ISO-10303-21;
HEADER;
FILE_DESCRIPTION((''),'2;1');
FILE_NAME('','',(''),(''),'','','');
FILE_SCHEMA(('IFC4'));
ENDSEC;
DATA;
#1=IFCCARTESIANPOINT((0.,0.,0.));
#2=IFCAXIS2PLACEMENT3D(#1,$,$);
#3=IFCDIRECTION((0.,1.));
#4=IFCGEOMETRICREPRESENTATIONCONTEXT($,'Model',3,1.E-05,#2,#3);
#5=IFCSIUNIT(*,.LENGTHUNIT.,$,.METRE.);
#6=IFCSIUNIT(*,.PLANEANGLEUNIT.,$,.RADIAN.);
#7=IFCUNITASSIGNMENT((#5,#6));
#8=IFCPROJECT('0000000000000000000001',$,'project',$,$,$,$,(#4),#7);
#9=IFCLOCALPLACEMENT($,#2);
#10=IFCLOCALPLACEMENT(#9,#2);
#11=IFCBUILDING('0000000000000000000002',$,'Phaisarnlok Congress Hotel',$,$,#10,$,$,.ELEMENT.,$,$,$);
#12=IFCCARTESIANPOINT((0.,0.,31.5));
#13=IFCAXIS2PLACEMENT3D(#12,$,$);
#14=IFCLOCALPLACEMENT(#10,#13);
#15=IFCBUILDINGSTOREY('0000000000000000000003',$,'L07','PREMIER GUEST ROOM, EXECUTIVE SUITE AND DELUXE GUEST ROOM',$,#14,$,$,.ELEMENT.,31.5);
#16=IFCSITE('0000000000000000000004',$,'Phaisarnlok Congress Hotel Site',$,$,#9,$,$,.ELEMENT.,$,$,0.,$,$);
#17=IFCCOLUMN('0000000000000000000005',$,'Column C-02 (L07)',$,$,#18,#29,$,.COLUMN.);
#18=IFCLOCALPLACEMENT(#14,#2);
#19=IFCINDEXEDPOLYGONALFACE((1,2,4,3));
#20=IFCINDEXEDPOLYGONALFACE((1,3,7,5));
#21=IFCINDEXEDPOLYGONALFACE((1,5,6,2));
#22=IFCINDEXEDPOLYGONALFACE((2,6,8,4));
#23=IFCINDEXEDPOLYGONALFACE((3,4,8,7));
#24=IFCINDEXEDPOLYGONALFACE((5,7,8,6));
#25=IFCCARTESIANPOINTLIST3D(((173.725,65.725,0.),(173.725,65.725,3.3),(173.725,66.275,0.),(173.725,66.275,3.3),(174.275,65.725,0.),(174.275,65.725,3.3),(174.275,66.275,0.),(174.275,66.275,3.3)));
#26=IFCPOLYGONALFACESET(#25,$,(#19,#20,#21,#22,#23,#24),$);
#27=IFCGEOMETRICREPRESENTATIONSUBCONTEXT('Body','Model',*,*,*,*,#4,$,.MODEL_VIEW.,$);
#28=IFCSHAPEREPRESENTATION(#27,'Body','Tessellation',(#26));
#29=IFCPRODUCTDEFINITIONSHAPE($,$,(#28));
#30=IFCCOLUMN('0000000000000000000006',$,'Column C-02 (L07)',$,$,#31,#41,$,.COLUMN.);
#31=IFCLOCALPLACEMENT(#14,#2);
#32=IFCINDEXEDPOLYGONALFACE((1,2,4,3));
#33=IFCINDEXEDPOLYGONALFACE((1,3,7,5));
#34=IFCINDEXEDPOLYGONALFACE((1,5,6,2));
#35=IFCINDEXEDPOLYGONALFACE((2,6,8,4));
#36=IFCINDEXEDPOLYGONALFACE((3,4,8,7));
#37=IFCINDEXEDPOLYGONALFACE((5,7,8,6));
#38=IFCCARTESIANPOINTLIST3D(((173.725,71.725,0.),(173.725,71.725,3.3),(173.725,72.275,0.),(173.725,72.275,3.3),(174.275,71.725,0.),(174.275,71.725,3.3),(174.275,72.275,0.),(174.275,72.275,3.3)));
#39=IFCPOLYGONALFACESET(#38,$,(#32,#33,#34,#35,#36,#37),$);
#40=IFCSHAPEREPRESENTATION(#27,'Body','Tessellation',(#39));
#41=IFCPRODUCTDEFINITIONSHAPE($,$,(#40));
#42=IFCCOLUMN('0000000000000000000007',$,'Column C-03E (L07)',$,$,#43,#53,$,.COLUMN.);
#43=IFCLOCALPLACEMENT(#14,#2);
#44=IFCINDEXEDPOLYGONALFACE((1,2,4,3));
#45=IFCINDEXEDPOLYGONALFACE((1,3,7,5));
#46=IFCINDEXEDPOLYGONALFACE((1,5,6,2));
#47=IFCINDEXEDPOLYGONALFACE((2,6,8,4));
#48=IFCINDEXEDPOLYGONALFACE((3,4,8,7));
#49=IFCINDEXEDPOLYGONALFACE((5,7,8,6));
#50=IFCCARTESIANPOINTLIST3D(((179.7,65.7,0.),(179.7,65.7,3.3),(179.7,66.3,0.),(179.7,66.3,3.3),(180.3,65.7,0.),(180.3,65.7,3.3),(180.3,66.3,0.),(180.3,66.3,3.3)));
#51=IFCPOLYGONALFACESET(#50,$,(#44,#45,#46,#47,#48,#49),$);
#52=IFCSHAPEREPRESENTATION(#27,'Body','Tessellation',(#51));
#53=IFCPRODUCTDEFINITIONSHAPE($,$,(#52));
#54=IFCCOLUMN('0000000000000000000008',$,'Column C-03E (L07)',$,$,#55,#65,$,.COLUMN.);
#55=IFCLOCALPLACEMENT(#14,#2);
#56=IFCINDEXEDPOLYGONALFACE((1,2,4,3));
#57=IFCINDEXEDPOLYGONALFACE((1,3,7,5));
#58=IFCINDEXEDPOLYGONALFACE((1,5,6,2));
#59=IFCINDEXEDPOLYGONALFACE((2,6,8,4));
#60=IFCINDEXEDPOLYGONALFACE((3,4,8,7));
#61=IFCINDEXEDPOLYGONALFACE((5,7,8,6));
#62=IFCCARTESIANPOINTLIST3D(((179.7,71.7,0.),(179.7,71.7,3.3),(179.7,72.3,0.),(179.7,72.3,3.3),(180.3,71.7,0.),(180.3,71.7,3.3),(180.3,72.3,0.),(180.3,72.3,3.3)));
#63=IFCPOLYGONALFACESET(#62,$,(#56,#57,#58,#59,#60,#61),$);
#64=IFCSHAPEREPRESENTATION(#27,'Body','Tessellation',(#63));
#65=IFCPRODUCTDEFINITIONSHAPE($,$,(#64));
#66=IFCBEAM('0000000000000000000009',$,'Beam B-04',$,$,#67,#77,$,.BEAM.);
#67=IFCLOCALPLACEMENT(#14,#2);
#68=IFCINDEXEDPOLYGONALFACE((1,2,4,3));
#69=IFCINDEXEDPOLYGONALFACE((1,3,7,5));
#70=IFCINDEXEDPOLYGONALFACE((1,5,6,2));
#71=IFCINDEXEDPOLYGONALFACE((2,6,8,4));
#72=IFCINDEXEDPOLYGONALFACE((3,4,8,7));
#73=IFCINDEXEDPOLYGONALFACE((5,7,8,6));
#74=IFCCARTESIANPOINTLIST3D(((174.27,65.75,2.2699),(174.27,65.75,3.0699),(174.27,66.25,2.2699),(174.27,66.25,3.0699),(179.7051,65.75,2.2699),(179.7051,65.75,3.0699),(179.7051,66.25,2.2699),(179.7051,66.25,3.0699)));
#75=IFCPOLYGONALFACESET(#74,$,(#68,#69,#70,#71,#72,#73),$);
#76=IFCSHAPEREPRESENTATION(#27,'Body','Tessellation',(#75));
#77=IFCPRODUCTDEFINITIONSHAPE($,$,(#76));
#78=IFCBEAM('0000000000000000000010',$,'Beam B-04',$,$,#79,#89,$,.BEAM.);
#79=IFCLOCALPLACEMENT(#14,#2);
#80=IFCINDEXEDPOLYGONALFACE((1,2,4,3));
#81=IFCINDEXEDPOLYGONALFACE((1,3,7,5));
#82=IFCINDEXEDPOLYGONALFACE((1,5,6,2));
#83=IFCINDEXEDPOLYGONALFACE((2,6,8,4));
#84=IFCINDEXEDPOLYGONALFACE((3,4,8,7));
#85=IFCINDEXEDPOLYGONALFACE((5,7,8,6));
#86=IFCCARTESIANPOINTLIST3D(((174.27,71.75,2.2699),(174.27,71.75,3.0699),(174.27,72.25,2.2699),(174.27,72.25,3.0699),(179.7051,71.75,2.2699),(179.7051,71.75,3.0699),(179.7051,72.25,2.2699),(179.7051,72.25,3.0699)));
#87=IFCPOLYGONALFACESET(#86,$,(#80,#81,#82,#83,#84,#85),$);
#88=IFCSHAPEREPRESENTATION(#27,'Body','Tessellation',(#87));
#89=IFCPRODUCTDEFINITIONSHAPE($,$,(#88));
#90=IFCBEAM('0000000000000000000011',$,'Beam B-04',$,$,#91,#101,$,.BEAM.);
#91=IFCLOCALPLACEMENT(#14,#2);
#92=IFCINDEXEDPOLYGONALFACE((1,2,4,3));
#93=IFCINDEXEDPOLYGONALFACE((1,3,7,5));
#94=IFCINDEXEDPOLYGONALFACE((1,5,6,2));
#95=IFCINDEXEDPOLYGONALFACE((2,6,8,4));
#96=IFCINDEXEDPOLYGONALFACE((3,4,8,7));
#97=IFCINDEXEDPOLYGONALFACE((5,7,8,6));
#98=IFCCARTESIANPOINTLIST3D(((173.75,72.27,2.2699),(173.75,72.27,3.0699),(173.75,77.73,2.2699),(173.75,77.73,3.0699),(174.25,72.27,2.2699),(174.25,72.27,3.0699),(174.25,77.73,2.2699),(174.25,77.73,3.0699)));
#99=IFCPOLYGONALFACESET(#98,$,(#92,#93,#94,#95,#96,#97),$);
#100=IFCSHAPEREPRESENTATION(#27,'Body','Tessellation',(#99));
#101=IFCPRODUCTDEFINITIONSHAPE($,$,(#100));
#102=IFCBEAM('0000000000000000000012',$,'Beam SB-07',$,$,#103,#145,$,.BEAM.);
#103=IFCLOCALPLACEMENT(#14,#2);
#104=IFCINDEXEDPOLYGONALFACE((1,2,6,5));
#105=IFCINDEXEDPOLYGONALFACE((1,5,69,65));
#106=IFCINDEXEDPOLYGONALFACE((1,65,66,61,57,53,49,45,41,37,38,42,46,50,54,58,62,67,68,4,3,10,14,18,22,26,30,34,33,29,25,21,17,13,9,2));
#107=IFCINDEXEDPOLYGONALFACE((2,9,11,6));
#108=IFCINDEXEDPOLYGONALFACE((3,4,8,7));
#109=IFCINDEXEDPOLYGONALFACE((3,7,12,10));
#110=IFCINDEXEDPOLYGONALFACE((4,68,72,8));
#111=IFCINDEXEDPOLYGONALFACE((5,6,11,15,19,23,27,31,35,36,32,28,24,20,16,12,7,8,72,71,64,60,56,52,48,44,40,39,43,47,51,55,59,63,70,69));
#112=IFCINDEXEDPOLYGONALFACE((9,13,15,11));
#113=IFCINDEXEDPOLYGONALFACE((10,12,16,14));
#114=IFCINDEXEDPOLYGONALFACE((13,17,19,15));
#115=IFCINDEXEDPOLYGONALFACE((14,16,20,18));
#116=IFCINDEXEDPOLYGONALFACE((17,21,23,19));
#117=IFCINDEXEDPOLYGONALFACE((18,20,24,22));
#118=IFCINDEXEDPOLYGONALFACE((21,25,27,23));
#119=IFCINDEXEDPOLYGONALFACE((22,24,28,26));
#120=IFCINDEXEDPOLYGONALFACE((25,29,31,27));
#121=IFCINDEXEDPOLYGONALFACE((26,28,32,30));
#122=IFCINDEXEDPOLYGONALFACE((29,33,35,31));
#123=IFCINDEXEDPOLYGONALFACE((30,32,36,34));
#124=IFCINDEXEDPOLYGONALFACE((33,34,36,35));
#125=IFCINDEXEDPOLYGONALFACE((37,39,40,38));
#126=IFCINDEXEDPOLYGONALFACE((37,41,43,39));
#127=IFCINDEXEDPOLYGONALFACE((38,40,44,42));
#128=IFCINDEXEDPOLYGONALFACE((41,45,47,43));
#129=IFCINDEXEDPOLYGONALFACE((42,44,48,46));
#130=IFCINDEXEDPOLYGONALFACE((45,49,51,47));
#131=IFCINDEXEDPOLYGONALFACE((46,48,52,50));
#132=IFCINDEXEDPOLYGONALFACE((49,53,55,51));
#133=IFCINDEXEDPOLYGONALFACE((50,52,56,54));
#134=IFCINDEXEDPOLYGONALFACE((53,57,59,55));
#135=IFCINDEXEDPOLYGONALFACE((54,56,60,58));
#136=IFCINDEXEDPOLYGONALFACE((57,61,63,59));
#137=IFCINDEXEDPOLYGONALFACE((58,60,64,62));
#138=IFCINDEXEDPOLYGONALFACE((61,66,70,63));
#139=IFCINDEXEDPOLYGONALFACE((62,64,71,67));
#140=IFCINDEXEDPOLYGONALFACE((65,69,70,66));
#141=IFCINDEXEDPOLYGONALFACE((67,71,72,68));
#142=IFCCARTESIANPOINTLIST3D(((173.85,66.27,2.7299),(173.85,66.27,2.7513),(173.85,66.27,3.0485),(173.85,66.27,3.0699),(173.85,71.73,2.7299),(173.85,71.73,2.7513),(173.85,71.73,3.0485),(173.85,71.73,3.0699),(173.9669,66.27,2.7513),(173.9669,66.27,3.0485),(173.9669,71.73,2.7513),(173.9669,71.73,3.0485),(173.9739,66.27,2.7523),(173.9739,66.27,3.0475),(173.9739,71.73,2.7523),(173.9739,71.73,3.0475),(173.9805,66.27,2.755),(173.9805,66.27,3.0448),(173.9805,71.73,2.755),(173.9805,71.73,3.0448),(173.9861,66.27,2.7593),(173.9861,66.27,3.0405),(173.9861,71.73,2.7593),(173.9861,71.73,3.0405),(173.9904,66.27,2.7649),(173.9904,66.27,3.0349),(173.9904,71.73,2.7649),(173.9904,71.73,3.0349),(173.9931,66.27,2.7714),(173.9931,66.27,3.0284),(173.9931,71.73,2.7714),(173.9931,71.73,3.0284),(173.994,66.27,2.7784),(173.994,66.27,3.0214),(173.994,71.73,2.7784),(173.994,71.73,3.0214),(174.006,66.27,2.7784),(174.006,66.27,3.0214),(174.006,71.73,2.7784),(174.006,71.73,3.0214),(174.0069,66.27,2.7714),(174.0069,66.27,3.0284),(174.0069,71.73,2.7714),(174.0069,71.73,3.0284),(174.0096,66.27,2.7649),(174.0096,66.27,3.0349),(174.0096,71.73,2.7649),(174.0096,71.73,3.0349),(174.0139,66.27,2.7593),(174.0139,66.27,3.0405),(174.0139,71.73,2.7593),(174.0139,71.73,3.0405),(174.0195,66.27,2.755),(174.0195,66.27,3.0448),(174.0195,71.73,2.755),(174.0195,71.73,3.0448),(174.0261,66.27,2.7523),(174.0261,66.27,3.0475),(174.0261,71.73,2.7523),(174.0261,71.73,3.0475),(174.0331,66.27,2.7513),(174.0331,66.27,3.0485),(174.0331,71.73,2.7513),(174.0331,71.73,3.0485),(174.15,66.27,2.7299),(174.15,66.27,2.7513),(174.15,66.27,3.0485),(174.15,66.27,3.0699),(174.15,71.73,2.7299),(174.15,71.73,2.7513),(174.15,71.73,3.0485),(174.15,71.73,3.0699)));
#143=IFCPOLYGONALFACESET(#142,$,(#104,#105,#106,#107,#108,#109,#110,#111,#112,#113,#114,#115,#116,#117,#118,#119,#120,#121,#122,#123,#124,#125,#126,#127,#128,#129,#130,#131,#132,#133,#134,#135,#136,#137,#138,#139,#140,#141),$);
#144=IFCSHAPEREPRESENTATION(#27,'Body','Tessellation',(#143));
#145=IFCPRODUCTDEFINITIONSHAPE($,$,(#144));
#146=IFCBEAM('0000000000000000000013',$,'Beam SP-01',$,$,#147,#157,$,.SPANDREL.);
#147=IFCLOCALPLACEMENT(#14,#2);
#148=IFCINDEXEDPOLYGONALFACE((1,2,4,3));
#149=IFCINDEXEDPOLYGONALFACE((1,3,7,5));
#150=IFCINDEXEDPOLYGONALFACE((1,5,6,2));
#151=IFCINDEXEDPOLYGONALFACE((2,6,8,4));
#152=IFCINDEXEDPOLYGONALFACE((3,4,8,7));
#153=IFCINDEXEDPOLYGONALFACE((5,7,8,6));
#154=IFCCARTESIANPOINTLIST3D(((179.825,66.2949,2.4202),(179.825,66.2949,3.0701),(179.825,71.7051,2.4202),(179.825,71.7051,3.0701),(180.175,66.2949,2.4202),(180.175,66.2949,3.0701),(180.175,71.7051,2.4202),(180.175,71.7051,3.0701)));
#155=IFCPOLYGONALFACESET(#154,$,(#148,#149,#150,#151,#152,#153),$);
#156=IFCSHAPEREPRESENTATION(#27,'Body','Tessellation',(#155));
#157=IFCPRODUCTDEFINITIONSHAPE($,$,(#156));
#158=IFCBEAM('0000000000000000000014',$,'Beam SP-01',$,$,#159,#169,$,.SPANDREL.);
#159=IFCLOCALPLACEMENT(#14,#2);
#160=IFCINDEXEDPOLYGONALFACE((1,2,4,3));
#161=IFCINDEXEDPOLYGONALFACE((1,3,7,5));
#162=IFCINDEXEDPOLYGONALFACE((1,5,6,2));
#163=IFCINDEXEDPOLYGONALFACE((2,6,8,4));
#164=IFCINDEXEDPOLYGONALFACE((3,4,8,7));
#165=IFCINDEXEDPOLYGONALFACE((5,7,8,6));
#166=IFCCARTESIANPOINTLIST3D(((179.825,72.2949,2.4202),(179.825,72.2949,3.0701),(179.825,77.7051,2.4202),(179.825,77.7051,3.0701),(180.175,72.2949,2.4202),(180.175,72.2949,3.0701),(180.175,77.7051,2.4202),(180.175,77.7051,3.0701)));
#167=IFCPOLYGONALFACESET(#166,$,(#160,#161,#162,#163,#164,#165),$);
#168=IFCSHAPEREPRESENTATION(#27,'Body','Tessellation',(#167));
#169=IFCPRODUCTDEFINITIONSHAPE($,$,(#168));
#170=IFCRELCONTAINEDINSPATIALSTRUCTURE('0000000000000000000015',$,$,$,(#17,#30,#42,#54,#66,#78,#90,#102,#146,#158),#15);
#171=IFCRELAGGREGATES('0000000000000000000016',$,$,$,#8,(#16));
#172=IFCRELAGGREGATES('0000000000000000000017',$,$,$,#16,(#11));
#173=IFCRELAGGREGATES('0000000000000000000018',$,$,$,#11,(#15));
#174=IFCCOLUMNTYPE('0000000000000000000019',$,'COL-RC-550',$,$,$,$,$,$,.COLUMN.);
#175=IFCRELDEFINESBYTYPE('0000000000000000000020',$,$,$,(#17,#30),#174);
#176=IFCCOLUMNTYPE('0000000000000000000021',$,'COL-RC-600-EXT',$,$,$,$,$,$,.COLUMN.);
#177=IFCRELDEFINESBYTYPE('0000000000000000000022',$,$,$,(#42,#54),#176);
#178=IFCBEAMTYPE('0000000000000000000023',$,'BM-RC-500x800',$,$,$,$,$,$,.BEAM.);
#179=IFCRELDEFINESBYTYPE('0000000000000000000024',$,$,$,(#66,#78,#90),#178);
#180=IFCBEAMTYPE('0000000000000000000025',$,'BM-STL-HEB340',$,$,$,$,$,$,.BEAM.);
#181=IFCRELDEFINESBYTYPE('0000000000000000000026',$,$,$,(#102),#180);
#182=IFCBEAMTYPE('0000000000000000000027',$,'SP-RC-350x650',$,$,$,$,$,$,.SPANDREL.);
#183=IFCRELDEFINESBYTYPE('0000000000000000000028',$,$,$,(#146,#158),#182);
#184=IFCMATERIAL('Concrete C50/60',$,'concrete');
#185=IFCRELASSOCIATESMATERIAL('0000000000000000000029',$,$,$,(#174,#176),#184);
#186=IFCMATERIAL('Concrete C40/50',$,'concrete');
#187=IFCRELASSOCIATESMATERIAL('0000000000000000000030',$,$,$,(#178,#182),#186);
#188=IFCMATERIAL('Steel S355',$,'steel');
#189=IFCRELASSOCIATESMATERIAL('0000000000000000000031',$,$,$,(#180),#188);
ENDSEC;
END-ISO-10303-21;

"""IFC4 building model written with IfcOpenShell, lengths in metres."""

from ifc_helpers import new_model, si_unit, direction, frame, origin, origin_2d, place, context, subcontext, project, spatial, rectangle, i_section, extrude, material, material_profile, profile_set, type_object, element, save


model = new_model("IFC4")

# Units and contexts
model_context = context("Model", 3, precision=1e-05, world=origin(), true_north=direction((0.0, 1.0)))
body_context = subcontext(model_context, "Body", "Model", "MODEL_VIEW")
ifc_project = project(units=[si_unit("LENGTHUNIT", "METRE"), si_unit("PLANEANGLEUNIT", "RADIAN")], contexts=[model_context])

# Site, building, storey
site_placement = place(None, origin())
site = spatial("IfcSite", under=ifc_project, at=site_placement, Name="Phaisarnlok Congress Hotel Site", CompositionType="ELEMENT", RefElevation=0.0)
building_placement = place(site_placement, origin())
building = spatial("IfcBuilding", under=site, at=building_placement, Name="Phaisarnlok Congress Hotel", CompositionType="ELEMENT")
storey_placement = place(building_placement, frame((0.0, 0.0, 31.5)))
storey = spatial("IfcBuildingStorey", under=building, at=storey_placement, Name="L07", Description="PREMIER GUEST ROOM, EXECUTIVE SUITE AND DELUXE GUEST ROOM", CompositionType="ELEMENT", Elevation=31.5)

# Columns
ifc_material_1 = material(Name="Concrete C50/60", Category="concrete")
ifc_material_profile_1 = material_profile(ifc_material_1, rectangle(XDim=0.55, YDim=0.55, at=origin_2d()), Name="RC 550x550")
ifc_profile_set_1 = profile_set([ifc_material_profile_1], Name="Concrete C50/60")
column_type_1 = type_object("IfcColumnType", Name="COL-RC-550", PredefinedType="COLUMN", material=ifc_profile_set_1)
for number, where, z_axis, x_axis, name in (
    (1, (174.0, 66.0, 0.0), (0.0, 0.0, 1.0), (1.0, 0.0, 0.0), "Column C-02 (L07)"),
    (2, (174.0, 72.0, 0.0), (0.0, 0.0, 1.0), (1.0, 0.0, 0.0), "Column C-02 (L07)"),
):
    element("IfcColumn", number, at=place(storey_placement, frame(where, z_axis=z_axis, x_axis=x_axis)), inside=storey, type_object=column_type_1, Name=name, PredefinedType="COLUMN", context=body_context, shape_type="SweptSolid", body=[
        extrude(rectangle(XDim=0.55, YDim=0.55, at=origin_2d()), origin(), (0.0, 0.0, 1.0), 3.3),
    ])
ifc_material_profile_2 = material_profile(ifc_material_1, rectangle(XDim=0.6001, YDim=0.6001, at=origin_2d()), Name="RC 600x600")
ifc_profile_set_2 = profile_set([ifc_material_profile_2], Name="Concrete C50/60")
column_type_2 = type_object("IfcColumnType", Name="COL-RC-600-EXT", PredefinedType="COLUMN", material=ifc_profile_set_2)
for number, where, z_axis, x_axis, name in (
    (3, (180.0, 66.0, 0.0), (0.0, 0.0, 1.0), (1.0, 0.0, 0.0), "Column C-03E (L07)"),
    (4, (180.0, 72.0, 0.0), (0.0, 0.0, 1.0), (1.0, 0.0, 0.0), "Column C-03E (L07)"),
):
    element("IfcColumn", number, at=place(storey_placement, frame(where, z_axis=z_axis, x_axis=x_axis)), inside=storey, type_object=column_type_2, Name=name, PredefinedType="COLUMN", context=body_context, shape_type="SweptSolid", body=[
        extrude(rectangle(XDim=0.6001, YDim=0.6001, at=origin_2d()), origin(), (0.0, 0.0, 1.0), 3.3),
    ])

# Beams
ifc_material_2 = material(Name="Concrete C40/50", Category="concrete")
ifc_material_profile_3 = material_profile(ifc_material_2, rectangle(XDim=0.5, YDim=0.8, at=origin_2d()), Name="RC 500x800")
ifc_profile_set_3 = profile_set([ifc_material_profile_3], Name="Concrete C40/50")
beam_type_1 = type_object("IfcBeamType", Name="BM-RC-500x800", PredefinedType="BEAM", material=ifc_profile_set_3)
for number, where, z_axis, x_axis, name in (
    (5, (174.27, 66.0, 2.6699), (1.0, 0.0, 0.0), (0.0, 1.0, 0.0), "Beam B-04"),
    (6, (174.27, 72.0, 2.6699), (1.0, 0.0, 0.0), (0.0, 1.0, 0.0), "Beam B-04"),
):
    element("IfcBeam", number, at=place(storey_placement, frame(where, z_axis=z_axis, x_axis=x_axis)), inside=storey, type_object=beam_type_1, Name=name, PredefinedType="BEAM", context=body_context, shape_type="SweptSolid", body=[
        extrude(rectangle(XDim=0.5, YDim=0.8, at=origin_2d()), origin(), (0.0, 0.0, 1.0), 5.4351),
    ])
beam_1_placement = place(storey_placement, frame((174.0, 72.27, 2.6699), z_axis=(0.0, 1.0, 0.0), x_axis=(-1.0, 0.0, 0.0)))
element("IfcBeam", 7, at=beam_1_placement, inside=storey, type_object=beam_type_1, Name="Beam B-04", PredefinedType="BEAM", context=body_context, shape_type="SweptSolid", body=[
    extrude(rectangle(XDim=0.5, YDim=0.8, at=origin_2d()), origin(), (0.0, 0.0, 1.0), 5.46),
])
ifc_material_3 = material(Name="Steel S355", Category="steel")
ifc_material_profile_4 = material_profile(ifc_material_3, i_section(OverallWidth=0.3, OverallDepth=0.3401, WebThickness=0.012, FlangeThickness=0.0215, FilletRadius=0.0271, at=origin_2d()), Name="HEB 340")
ifc_profile_set_4 = profile_set([ifc_material_profile_4], Name="Steel S355")
beam_type_2 = type_object("IfcBeamType", Name="BM-STL-HEB340", PredefinedType="BEAM", material=ifc_profile_set_4)
beam_2_placement = place(storey_placement, frame((174.0, 66.27, 2.8999), z_axis=(0.0, 1.0, 0.0), x_axis=(-1.0, 0.0, 0.0)))
element("IfcBeam", 8, at=beam_2_placement, inside=storey, type_object=beam_type_2, Name="Beam SB-07", PredefinedType="BEAM", context=body_context, shape_type="SweptSolid", body=[
    extrude(i_section(OverallWidth=0.3, OverallDepth=0.3401, WebThickness=0.012, FlangeThickness=0.0215, FilletRadius=0.0271, at=origin_2d()), origin(), (0.0, 0.0, 1.0), 5.46),
])
ifc_material_profile_5 = material_profile(ifc_material_2, rectangle(XDim=0.3501, YDim=0.6499, at=origin_2d()), Name="RC 350x650")
ifc_profile_set_5 = profile_set([ifc_material_profile_5], Name="Concrete C40/50")
beam_type_3 = type_object("IfcBeamType", Name="SP-RC-350x650", PredefinedType="SPANDREL", material=ifc_profile_set_5)
for number, where, z_axis, x_axis, name in (
    (9, (180.0, 66.2949, 2.7451), (0.0, 1.0, 0.0), (-1.0, 0.0, 0.0), "Beam SP-01"),
    (10, (180.0, 72.2949, 2.7451), (0.0, 1.0, 0.0), (-1.0, 0.0, 0.0), "Beam SP-01"),
):
    element("IfcBeam", number, at=place(storey_placement, frame(where, z_axis=z_axis, x_axis=x_axis)), inside=storey, type_object=beam_type_3, Name=name, PredefinedType="SPANDREL", context=body_context, shape_type="SweptSolid", body=[
        extrude(rectangle(XDim=0.3501, YDim=0.6499, at=origin_2d()), origin(), (0.0, 0.0, 1.0), 5.4102),
    ])

save(model, "model.ifc")
